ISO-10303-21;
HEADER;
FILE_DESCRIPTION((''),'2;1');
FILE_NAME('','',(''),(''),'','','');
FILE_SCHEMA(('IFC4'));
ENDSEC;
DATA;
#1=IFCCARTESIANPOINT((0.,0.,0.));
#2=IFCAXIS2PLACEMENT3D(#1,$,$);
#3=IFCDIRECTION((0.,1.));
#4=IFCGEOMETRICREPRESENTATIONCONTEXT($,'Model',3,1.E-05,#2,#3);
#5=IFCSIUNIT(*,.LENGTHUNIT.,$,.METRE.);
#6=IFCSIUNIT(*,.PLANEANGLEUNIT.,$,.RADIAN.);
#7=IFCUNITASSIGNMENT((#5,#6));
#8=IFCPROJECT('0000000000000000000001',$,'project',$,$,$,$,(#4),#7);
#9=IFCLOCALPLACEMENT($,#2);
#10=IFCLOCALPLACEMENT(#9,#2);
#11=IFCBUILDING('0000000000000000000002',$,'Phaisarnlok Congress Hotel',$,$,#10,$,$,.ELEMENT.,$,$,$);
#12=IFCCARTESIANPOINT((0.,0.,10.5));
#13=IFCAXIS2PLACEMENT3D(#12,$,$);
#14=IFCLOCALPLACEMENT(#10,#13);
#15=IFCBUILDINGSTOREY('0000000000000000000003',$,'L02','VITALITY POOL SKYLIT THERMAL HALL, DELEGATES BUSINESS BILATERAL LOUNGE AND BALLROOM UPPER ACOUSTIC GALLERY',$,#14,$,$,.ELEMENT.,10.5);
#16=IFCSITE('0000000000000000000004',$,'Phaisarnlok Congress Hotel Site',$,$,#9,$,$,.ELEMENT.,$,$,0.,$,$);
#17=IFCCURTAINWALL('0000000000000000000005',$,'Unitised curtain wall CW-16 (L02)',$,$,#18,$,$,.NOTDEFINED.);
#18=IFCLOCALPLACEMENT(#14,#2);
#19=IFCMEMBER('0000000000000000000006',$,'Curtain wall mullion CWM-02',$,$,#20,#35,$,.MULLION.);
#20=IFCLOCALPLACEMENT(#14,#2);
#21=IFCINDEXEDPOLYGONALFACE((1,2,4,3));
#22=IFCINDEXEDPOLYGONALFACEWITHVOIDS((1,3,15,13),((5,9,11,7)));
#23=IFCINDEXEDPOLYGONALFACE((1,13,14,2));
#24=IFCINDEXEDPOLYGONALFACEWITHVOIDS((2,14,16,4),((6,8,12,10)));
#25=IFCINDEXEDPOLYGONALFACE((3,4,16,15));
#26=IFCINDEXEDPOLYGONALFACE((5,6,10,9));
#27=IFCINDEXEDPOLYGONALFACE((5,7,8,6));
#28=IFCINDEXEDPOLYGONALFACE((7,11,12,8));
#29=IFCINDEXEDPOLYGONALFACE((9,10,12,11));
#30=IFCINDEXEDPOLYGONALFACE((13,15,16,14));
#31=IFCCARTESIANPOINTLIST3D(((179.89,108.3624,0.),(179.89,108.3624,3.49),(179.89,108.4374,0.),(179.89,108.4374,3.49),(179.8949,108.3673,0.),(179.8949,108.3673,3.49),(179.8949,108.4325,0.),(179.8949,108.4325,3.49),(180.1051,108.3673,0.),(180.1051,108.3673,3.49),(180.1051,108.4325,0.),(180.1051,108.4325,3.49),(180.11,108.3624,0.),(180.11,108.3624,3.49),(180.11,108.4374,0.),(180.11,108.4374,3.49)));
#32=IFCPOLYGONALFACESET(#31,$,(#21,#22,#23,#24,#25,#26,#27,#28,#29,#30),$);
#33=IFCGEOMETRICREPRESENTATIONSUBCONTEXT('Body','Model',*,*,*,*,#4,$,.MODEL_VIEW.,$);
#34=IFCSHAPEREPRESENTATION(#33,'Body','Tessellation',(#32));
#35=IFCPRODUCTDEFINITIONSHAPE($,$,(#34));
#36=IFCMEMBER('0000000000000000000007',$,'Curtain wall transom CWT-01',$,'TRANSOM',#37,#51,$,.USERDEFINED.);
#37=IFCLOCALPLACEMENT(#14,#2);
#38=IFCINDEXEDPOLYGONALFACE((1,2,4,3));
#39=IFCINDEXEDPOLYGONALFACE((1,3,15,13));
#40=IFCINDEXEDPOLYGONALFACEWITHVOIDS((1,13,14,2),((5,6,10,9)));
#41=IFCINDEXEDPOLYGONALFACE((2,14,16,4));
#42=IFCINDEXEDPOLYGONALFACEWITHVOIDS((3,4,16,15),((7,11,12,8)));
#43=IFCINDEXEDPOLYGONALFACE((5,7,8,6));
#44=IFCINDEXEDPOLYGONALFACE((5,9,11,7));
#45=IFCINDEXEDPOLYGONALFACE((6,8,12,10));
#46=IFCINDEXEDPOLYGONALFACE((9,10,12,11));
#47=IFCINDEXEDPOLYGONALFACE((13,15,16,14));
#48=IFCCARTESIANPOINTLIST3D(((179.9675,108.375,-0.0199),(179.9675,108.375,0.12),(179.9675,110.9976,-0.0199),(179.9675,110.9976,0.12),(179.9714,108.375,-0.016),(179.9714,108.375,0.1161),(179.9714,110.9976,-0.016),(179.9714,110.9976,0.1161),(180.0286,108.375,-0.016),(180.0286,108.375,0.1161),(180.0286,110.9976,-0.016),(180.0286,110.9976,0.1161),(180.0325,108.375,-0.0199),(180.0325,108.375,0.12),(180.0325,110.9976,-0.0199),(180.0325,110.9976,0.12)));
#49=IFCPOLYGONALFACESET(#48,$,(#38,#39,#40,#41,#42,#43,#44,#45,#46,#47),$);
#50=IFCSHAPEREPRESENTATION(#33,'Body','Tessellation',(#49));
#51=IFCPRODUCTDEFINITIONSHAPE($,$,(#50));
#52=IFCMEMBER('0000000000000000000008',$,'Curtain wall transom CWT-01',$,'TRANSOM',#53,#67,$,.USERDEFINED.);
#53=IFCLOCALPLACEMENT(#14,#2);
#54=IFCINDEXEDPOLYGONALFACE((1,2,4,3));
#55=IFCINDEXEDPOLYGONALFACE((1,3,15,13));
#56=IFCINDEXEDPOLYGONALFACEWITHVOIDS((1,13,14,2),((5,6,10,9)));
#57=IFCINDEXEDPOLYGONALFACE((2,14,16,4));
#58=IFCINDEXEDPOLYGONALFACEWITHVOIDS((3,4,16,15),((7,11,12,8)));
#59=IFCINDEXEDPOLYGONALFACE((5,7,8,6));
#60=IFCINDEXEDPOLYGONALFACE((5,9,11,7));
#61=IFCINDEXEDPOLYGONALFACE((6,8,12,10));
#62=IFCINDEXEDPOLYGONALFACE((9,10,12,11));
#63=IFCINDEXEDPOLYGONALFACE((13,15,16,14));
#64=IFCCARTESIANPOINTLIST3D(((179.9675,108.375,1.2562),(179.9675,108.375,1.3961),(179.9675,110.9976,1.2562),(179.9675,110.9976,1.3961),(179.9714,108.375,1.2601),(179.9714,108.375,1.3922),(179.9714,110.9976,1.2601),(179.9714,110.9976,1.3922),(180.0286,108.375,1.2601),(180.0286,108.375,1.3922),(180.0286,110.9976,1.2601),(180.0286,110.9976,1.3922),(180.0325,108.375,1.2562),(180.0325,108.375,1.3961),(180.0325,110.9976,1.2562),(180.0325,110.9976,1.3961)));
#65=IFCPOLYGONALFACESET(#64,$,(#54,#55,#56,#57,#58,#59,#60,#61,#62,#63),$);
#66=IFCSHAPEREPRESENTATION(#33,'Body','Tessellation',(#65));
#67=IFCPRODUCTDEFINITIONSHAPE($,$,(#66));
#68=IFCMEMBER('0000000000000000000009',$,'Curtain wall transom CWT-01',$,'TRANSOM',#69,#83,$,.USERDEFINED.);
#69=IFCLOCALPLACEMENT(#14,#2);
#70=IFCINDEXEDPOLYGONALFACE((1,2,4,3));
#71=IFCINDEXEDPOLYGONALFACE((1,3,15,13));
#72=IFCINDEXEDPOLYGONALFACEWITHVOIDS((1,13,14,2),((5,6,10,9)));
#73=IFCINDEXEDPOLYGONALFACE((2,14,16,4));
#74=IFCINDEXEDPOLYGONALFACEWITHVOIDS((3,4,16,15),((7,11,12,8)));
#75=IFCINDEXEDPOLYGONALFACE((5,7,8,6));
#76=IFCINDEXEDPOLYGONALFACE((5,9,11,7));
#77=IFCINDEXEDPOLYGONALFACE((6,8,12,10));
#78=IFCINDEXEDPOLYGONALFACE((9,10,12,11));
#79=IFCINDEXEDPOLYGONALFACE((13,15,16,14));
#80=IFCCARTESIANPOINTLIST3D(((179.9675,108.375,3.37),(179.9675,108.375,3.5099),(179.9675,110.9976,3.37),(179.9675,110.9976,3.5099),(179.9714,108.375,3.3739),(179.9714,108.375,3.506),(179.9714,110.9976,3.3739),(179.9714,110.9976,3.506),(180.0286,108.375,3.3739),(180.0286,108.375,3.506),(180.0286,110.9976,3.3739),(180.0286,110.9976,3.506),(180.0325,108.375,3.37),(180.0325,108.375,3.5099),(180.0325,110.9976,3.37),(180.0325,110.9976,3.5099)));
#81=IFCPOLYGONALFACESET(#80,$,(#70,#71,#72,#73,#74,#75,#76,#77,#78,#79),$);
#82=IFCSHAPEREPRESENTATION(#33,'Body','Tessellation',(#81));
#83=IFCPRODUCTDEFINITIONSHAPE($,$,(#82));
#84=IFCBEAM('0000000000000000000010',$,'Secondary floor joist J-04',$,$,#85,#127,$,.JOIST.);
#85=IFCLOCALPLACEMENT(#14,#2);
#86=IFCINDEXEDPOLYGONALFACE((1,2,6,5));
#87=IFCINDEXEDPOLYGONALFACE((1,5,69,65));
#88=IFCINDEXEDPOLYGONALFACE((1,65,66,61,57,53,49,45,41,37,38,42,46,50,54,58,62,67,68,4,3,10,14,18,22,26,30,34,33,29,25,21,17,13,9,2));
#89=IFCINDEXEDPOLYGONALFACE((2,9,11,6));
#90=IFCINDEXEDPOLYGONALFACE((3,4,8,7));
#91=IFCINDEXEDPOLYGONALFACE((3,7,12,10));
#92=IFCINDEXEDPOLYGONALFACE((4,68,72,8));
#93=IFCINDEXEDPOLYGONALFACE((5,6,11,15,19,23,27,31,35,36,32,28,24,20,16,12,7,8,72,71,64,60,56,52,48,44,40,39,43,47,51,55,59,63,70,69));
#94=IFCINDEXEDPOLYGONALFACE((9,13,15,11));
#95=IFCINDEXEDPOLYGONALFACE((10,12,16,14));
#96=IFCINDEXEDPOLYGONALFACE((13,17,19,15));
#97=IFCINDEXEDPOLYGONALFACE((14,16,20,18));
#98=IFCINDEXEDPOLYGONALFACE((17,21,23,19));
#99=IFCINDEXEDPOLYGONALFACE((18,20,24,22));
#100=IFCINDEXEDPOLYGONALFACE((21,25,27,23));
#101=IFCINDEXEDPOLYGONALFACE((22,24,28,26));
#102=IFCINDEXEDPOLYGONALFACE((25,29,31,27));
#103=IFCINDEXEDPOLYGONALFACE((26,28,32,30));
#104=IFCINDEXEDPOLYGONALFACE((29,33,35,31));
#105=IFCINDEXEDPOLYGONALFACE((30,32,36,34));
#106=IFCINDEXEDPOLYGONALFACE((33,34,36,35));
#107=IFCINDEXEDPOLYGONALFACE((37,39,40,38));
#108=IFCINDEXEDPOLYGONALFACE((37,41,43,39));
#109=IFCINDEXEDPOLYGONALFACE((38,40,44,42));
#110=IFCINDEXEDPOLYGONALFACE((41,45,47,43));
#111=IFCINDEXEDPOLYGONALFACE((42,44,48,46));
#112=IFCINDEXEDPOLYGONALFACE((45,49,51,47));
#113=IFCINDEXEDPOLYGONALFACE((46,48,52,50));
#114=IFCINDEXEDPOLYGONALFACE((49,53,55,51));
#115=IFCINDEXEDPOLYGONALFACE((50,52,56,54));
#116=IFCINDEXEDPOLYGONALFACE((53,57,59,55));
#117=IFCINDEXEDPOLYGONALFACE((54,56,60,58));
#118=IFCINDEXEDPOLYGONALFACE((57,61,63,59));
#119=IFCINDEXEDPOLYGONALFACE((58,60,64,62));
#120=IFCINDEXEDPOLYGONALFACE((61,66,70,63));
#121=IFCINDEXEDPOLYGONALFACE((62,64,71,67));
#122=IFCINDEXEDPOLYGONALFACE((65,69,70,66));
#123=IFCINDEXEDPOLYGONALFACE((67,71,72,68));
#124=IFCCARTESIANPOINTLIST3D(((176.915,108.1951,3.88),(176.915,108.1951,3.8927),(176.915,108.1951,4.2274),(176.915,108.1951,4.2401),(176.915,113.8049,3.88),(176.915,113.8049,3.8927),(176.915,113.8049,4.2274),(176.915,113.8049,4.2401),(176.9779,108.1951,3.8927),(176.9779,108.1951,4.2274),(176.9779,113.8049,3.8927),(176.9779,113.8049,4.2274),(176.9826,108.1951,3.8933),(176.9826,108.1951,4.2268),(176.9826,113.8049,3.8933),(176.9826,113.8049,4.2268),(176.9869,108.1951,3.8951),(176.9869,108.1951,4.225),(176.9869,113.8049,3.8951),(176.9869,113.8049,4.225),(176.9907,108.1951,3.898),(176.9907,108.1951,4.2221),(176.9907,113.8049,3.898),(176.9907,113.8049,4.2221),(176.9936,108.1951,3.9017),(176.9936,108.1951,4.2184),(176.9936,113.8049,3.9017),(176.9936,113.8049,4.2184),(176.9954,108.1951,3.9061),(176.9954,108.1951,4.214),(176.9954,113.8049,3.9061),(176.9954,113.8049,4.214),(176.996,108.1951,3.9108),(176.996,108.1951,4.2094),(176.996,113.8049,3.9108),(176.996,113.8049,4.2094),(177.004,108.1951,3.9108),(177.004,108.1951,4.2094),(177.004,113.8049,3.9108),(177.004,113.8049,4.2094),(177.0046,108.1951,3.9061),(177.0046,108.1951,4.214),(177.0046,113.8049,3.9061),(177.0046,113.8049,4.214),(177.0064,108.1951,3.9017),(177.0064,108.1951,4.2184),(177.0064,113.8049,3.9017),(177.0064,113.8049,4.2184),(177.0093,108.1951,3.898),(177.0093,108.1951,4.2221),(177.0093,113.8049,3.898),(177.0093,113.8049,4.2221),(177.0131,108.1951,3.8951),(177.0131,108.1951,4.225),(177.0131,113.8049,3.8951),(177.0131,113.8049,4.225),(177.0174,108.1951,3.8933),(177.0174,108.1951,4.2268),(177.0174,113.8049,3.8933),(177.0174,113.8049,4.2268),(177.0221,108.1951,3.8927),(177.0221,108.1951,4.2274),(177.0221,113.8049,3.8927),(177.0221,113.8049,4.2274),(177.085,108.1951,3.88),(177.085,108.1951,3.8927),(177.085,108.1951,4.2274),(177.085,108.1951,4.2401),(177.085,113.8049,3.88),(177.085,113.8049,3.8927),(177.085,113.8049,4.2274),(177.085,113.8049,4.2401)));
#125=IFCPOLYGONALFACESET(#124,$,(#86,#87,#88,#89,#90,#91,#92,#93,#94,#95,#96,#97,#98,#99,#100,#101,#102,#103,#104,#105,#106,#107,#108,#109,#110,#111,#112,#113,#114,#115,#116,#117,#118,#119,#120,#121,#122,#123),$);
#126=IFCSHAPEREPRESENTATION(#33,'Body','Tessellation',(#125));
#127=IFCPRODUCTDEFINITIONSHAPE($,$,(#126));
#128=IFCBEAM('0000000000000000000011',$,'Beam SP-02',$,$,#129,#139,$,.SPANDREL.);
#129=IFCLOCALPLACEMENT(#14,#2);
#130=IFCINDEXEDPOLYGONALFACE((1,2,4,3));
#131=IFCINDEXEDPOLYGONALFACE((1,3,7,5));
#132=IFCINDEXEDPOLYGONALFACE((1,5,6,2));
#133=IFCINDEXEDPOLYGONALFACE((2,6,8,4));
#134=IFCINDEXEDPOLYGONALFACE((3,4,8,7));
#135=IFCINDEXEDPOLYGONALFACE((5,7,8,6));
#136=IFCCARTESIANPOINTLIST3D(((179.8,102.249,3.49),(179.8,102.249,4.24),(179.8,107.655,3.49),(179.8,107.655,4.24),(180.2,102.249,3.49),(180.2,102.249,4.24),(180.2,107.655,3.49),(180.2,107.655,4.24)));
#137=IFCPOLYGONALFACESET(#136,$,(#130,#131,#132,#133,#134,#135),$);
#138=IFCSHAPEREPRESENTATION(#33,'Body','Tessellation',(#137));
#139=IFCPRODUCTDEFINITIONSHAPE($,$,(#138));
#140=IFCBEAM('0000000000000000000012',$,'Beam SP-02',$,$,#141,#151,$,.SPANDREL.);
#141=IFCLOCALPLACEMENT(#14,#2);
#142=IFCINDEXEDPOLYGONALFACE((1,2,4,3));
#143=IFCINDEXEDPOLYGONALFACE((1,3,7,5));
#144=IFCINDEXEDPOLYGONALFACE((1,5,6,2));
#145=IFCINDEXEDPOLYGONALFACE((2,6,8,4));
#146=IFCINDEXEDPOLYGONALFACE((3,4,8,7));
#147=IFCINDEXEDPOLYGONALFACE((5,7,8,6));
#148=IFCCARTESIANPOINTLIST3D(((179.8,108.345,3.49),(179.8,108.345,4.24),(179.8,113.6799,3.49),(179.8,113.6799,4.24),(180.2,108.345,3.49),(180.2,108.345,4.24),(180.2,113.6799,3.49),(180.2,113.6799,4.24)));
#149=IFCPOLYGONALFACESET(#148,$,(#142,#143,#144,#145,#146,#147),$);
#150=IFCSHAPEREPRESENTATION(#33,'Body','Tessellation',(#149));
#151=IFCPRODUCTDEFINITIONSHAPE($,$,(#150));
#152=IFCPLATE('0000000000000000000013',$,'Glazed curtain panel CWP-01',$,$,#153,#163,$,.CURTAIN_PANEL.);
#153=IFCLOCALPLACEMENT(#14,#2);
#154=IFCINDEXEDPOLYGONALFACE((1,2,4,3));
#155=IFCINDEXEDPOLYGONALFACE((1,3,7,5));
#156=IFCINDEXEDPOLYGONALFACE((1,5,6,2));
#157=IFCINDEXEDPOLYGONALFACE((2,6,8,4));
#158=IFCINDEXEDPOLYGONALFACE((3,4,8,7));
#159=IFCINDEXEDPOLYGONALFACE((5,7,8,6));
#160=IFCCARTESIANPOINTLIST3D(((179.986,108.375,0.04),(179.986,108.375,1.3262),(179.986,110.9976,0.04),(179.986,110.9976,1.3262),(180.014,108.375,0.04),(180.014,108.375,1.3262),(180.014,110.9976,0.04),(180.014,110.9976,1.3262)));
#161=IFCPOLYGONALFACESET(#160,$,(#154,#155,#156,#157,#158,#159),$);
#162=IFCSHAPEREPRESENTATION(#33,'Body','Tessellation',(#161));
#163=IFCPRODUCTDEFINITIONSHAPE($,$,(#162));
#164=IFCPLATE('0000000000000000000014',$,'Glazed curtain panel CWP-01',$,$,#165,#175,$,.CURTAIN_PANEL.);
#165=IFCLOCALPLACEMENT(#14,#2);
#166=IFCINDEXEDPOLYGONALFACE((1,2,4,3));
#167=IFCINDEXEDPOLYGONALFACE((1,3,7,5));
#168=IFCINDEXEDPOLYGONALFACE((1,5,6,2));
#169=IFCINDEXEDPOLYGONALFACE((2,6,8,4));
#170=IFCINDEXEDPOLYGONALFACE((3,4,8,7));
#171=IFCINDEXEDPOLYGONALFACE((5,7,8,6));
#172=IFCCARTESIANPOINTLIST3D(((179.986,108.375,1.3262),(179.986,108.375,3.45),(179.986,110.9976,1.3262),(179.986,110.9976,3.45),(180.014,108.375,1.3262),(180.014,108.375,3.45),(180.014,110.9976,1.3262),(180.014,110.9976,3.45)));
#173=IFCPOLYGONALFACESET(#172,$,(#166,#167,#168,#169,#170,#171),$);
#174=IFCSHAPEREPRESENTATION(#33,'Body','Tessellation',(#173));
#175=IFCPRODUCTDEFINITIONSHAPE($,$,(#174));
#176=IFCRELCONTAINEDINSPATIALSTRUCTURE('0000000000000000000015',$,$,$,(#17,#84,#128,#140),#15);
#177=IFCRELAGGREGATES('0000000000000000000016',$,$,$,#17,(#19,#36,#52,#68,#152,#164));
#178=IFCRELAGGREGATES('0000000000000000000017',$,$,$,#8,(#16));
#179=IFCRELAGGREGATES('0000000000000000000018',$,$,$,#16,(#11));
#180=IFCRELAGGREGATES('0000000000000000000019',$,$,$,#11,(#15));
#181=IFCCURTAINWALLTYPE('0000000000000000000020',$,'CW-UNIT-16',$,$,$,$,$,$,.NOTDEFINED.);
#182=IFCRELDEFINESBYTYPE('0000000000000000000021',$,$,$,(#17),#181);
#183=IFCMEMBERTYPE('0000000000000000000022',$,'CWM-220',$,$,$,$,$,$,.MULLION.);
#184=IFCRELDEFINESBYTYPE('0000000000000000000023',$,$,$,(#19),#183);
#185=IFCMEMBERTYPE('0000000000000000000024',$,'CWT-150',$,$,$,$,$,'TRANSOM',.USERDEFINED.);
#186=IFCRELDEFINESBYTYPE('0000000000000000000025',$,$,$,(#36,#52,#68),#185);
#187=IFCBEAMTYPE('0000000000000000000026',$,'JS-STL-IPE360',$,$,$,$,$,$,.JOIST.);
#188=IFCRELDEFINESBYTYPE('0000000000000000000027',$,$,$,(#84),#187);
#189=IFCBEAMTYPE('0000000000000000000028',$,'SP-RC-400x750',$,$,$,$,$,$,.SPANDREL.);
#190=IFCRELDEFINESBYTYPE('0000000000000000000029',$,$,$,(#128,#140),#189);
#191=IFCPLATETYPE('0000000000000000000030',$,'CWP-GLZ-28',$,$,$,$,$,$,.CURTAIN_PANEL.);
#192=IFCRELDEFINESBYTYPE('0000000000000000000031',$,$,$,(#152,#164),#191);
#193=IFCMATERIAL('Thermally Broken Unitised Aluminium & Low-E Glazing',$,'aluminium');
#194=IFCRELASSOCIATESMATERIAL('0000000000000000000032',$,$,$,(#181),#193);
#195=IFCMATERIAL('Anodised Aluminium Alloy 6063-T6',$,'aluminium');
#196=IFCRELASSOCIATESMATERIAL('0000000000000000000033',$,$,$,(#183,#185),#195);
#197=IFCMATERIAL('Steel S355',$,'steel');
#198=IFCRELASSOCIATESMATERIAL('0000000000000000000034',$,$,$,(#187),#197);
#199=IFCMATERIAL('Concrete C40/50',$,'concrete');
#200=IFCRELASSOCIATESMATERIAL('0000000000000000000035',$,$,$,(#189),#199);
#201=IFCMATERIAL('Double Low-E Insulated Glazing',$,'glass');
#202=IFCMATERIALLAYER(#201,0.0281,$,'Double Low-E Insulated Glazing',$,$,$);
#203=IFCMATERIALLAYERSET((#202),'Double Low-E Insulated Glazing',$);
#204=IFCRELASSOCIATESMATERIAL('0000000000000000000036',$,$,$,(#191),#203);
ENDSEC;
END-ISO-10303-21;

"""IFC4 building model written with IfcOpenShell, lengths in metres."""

from ifc_helpers import new_model, si_unit, direction, frame, frame_2d, origin, origin_2d, place, context, subcontext, project, spatial, rectangle, hollow_rectangle, i_section, extrude, material, layer, layer_set, material_profile, profile_set, type_object, element, aggregate, save


model = new_model("IFC4")

# Units and contexts
model_context = context("Model", 3, precision=1e-05, world=origin(), true_north=direction((0.0, 1.0)))
body_context = subcontext(model_context, "Body", "Model", "MODEL_VIEW")
ifc_project = project(units=[si_unit("LENGTHUNIT", "METRE"), si_unit("PLANEANGLEUNIT", "RADIAN")], contexts=[model_context])

# Site, building, storey
site_placement = place(None, origin())
site = spatial("IfcSite", under=ifc_project, at=site_placement, Name="Phaisarnlok Congress Hotel Site", CompositionType="ELEMENT", RefElevation=0.0)
building_placement = place(site_placement, origin())
building = spatial("IfcBuilding", under=site, at=building_placement, Name="Phaisarnlok Congress Hotel", CompositionType="ELEMENT")
storey_placement = place(building_placement, frame((0.0, 0.0, 10.5)))
storey = spatial("IfcBuildingStorey", under=building, at=storey_placement, Name="L02", Description="VITALITY POOL SKYLIT THERMAL HALL, DELEGATES BUSINESS BILATERAL LOUNGE AND BALLROOM UPPER ACOUSTIC GALLERY", CompositionType="ELEMENT", Elevation=10.5)

# Shared definitions
ifc_material_1 = material(Name="Steel S355", Category="steel")

# Shared definitions
ifc_material_2 = material(Name="Concrete C40/50", Category="concrete")

# Curtain wall, members
ifc_material_3 = material(Name="Thermally Broken Unitised Aluminium & Low-E Glazing", Category="aluminium")
curtain_wall_type = type_object("IfcCurtainWallType", Name="CW-UNIT-16", PredefinedType="NOTDEFINED", material=ifc_material_3)
curtain_wall_placement = place(storey_placement, origin())
curtain_wall = element("IfcCurtainWall", 1, at=curtain_wall_placement, inside=storey, type_object=curtain_wall_type, Name="Unitised curtain wall CW-16 (L02)", PredefinedType="NOTDEFINED")
ifc_material_4 = material(Name="Anodised Aluminium Alloy 6063-T6", Category="aluminium")
ifc_material_profile_1 = material_profile(ifc_material_4, hollow_rectangle(XDim=0.075, YDim=0.22, WallThickness=0.0049, at=origin_2d()), Name="ALU-M 75x220x5")
ifc_profile_set_1 = profile_set([ifc_material_profile_1], Name="Anodised Aluminium Alloy 6063-T6")
member_type_1 = type_object("IfcMemberType", Name="CWM-220", PredefinedType="MULLION", material=ifc_profile_set_1)
member_1_placement = place(storey_placement, frame((180.0, 108.3999, 0.0), z_axis=(0.0, 0.0, 1.0), x_axis=(0.0, 1.0, 0.0)))
member_1 = element("IfcMember", 2, at=member_1_placement, type_object=member_type_1, Name="Curtain wall mullion CWM-02", PredefinedType="MULLION", context=body_context, shape_type="SweptSolid", body=[
    extrude(hollow_rectangle(XDim=0.075, YDim=0.22, WallThickness=0.0049, at=origin_2d()), origin(), (0.0, 0.0, 1.0), 3.49),
])
ifc_material_profile_2 = material_profile(ifc_material_4, hollow_rectangle(XDim=0.0649, YDim=0.1399, WallThickness=0.0039, at=origin_2d()), Name="ALU-T 65x140x4")
ifc_profile_set_2 = profile_set([ifc_material_profile_2], Name="Anodised Aluminium Alloy 6063-T6")
member_type_2 = type_object("IfcMemberType", Name="CWT-150", ElementType="TRANSOM", PredefinedType="USERDEFINED", material=ifc_profile_set_2)
member_2_placement = place(storey_placement, frame((180.0, 108.375, 0.05), z_axis=(0.0, 1.0, 0.0), x_axis=(-1.0, 0.0, 0.0)))
member_2 = element("IfcMember", 3, at=member_2_placement, type_object=member_type_2, Name="Curtain wall transom CWT-01", ObjectType="TRANSOM", PredefinedType="USERDEFINED", context=body_context, shape_type="SweptSolid", body=[
    extrude(hollow_rectangle(XDim=0.0649, YDim=0.1399, WallThickness=0.0039, at=origin_2d()), origin(), (0.0, 0.0, 1.0), 2.6226),
])
member_3_placement = place(storey_placement, frame((180.0, 108.375, 1.3262), z_axis=(0.0, 1.0, 0.0), x_axis=(-1.0, 0.0, 0.0)))
member_3 = element("IfcMember", 4, at=member_3_placement, type_object=member_type_2, Name="Curtain wall transom CWT-01", ObjectType="TRANSOM", PredefinedType="USERDEFINED", context=body_context, shape_type="SweptSolid", body=[
    extrude(hollow_rectangle(XDim=0.0649, YDim=0.1399, WallThickness=0.0039, at=origin_2d()), origin(), (0.0, 0.0, 1.0), 2.6226),
])
member_4_placement = place(storey_placement, frame((180.0, 108.375, 3.4399), z_axis=(0.0, 1.0, 0.0), x_axis=(-1.0, 0.0, 0.0)))
member_4 = element("IfcMember", 5, at=member_4_placement, type_object=member_type_2, Name="Curtain wall transom CWT-01", ObjectType="TRANSOM", PredefinedType="USERDEFINED", context=body_context, shape_type="SweptSolid", body=[
    extrude(hollow_rectangle(XDim=0.0649, YDim=0.1399, WallThickness=0.0039, at=origin_2d()), origin(), (0.0, 0.0, 1.0), 2.6226),
])

# Beams
ifc_material_profile_3 = material_profile(ifc_material_1, i_section(OverallWidth=0.1699, OverallDepth=0.3601, WebThickness=0.0081, FlangeThickness=0.0127, FilletRadius=0.0181, at=origin_2d()), Name="IPE 360")
ifc_profile_set_3 = profile_set([ifc_material_profile_3], Name="Steel S355")
beam_type_1 = type_object("IfcBeamType", Name="JS-STL-IPE360", PredefinedType="JOIST", material=ifc_profile_set_3)
beam_1_placement = place(storey_placement, frame((177.0, 108.1951, 4.0601), z_axis=(0.0, 1.0, 0.0), x_axis=(-1.0, 0.0, 0.0)))
element("IfcBeam", 6, at=beam_1_placement, inside=storey, type_object=beam_type_1, Name="Secondary floor joist J-04", PredefinedType="JOIST", context=body_context, shape_type="SweptSolid", body=[
    extrude(i_section(OverallWidth=0.1699, OverallDepth=0.3601, WebThickness=0.0081, FlangeThickness=0.0127, FilletRadius=0.0181, at=origin_2d()), origin(), (0.0, 0.0, 1.0), 5.6099),
])
ifc_material_profile_4 = material_profile(ifc_material_2, rectangle(XDim=0.3999, YDim=0.75, at=origin_2d()), Name="RC 400x750")
ifc_profile_set_4 = profile_set([ifc_material_profile_4], Name="Concrete C40/50")
beam_type_2 = type_object("IfcBeamType", Name="SP-RC-400x750", PredefinedType="SPANDREL", material=ifc_profile_set_4)
beam_2_placement = place(storey_placement, frame((180.0, 102.249, 3.865), z_axis=(0.0, 1.0, 0.0), x_axis=(-1.0, 0.0, 0.0)))
element("IfcBeam", 7, at=beam_2_placement, inside=storey, type_object=beam_type_2, Name="Beam SP-02", PredefinedType="SPANDREL", context=body_context, shape_type="SweptSolid", body=[
    extrude(rectangle(XDim=0.3999, YDim=0.75, at=origin_2d()), origin(), (0.0, 0.0, 1.0), 5.406),
])
beam_3_placement = place(storey_placement, frame((180.0, 108.345, 3.865), z_axis=(0.0, 1.0, 0.0), x_axis=(-1.0, 0.0, 0.0)))
element("IfcBeam", 8, at=beam_3_placement, inside=storey, type_object=beam_type_2, Name="Beam SP-02", PredefinedType="SPANDREL", context=body_context, shape_type="SweptSolid", body=[
    extrude(rectangle(XDim=0.3999, YDim=0.75, at=origin_2d()), origin(), (0.0, 0.0, 1.0), 5.335),
])

# Plates
ifc_material_5 = material(Name="Double Low-E Insulated Glazing", Category="glass")
ifc_layer_1 = layer(ifc_material_5, 0.0281, Name="Double Low-E Insulated Glazing")
ifc_layer_set_1 = layer_set([ifc_layer_1], Name="Double Low-E Insulated Glazing")
plate_type_1 = type_object("IfcPlateType", Name="CWP-GLZ-28", PredefinedType="CURTAIN_PANEL", material=ifc_layer_set_1)
plate_1_placement = place(storey_placement, frame((180.0, 108.375, 0.04), z_axis=(0.0, 0.0, 1.0), x_axis=(0.0, 1.0, 0.0)))
plate_1 = element("IfcPlate", 9, at=plate_1_placement, type_object=plate_type_1, Name="Glazed curtain panel CWP-01", PredefinedType="CURTAIN_PANEL", context=body_context, shape_type="SweptSolid", body=[
    extrude(rectangle(XDim=2.6226, YDim=0.0281, at=frame_2d((1.3113, 0.0))), origin(), (0.0, 0.0, 1.0), 1.2861),
])
plate_2_placement = place(storey_placement, frame((180.0, 108.375, 1.3262), z_axis=(0.0, 0.0, 1.0), x_axis=(0.0, 1.0, 0.0)))
plate_2 = element("IfcPlate", 10, at=plate_2_placement, type_object=plate_type_1, Name="Glazed curtain panel CWP-01", PredefinedType="CURTAIN_PANEL", context=body_context, shape_type="SweptSolid", body=[
    extrude(rectangle(XDim=2.6226, YDim=0.0281, at=frame_2d((1.3113, 0.0))), origin(), (0.0, 0.0, 1.0), 2.1238),
])
aggregate(curtain_wall, [member_1, member_2, member_3, member_4, plate_1, plate_2])

save(model, "model.ifc")
